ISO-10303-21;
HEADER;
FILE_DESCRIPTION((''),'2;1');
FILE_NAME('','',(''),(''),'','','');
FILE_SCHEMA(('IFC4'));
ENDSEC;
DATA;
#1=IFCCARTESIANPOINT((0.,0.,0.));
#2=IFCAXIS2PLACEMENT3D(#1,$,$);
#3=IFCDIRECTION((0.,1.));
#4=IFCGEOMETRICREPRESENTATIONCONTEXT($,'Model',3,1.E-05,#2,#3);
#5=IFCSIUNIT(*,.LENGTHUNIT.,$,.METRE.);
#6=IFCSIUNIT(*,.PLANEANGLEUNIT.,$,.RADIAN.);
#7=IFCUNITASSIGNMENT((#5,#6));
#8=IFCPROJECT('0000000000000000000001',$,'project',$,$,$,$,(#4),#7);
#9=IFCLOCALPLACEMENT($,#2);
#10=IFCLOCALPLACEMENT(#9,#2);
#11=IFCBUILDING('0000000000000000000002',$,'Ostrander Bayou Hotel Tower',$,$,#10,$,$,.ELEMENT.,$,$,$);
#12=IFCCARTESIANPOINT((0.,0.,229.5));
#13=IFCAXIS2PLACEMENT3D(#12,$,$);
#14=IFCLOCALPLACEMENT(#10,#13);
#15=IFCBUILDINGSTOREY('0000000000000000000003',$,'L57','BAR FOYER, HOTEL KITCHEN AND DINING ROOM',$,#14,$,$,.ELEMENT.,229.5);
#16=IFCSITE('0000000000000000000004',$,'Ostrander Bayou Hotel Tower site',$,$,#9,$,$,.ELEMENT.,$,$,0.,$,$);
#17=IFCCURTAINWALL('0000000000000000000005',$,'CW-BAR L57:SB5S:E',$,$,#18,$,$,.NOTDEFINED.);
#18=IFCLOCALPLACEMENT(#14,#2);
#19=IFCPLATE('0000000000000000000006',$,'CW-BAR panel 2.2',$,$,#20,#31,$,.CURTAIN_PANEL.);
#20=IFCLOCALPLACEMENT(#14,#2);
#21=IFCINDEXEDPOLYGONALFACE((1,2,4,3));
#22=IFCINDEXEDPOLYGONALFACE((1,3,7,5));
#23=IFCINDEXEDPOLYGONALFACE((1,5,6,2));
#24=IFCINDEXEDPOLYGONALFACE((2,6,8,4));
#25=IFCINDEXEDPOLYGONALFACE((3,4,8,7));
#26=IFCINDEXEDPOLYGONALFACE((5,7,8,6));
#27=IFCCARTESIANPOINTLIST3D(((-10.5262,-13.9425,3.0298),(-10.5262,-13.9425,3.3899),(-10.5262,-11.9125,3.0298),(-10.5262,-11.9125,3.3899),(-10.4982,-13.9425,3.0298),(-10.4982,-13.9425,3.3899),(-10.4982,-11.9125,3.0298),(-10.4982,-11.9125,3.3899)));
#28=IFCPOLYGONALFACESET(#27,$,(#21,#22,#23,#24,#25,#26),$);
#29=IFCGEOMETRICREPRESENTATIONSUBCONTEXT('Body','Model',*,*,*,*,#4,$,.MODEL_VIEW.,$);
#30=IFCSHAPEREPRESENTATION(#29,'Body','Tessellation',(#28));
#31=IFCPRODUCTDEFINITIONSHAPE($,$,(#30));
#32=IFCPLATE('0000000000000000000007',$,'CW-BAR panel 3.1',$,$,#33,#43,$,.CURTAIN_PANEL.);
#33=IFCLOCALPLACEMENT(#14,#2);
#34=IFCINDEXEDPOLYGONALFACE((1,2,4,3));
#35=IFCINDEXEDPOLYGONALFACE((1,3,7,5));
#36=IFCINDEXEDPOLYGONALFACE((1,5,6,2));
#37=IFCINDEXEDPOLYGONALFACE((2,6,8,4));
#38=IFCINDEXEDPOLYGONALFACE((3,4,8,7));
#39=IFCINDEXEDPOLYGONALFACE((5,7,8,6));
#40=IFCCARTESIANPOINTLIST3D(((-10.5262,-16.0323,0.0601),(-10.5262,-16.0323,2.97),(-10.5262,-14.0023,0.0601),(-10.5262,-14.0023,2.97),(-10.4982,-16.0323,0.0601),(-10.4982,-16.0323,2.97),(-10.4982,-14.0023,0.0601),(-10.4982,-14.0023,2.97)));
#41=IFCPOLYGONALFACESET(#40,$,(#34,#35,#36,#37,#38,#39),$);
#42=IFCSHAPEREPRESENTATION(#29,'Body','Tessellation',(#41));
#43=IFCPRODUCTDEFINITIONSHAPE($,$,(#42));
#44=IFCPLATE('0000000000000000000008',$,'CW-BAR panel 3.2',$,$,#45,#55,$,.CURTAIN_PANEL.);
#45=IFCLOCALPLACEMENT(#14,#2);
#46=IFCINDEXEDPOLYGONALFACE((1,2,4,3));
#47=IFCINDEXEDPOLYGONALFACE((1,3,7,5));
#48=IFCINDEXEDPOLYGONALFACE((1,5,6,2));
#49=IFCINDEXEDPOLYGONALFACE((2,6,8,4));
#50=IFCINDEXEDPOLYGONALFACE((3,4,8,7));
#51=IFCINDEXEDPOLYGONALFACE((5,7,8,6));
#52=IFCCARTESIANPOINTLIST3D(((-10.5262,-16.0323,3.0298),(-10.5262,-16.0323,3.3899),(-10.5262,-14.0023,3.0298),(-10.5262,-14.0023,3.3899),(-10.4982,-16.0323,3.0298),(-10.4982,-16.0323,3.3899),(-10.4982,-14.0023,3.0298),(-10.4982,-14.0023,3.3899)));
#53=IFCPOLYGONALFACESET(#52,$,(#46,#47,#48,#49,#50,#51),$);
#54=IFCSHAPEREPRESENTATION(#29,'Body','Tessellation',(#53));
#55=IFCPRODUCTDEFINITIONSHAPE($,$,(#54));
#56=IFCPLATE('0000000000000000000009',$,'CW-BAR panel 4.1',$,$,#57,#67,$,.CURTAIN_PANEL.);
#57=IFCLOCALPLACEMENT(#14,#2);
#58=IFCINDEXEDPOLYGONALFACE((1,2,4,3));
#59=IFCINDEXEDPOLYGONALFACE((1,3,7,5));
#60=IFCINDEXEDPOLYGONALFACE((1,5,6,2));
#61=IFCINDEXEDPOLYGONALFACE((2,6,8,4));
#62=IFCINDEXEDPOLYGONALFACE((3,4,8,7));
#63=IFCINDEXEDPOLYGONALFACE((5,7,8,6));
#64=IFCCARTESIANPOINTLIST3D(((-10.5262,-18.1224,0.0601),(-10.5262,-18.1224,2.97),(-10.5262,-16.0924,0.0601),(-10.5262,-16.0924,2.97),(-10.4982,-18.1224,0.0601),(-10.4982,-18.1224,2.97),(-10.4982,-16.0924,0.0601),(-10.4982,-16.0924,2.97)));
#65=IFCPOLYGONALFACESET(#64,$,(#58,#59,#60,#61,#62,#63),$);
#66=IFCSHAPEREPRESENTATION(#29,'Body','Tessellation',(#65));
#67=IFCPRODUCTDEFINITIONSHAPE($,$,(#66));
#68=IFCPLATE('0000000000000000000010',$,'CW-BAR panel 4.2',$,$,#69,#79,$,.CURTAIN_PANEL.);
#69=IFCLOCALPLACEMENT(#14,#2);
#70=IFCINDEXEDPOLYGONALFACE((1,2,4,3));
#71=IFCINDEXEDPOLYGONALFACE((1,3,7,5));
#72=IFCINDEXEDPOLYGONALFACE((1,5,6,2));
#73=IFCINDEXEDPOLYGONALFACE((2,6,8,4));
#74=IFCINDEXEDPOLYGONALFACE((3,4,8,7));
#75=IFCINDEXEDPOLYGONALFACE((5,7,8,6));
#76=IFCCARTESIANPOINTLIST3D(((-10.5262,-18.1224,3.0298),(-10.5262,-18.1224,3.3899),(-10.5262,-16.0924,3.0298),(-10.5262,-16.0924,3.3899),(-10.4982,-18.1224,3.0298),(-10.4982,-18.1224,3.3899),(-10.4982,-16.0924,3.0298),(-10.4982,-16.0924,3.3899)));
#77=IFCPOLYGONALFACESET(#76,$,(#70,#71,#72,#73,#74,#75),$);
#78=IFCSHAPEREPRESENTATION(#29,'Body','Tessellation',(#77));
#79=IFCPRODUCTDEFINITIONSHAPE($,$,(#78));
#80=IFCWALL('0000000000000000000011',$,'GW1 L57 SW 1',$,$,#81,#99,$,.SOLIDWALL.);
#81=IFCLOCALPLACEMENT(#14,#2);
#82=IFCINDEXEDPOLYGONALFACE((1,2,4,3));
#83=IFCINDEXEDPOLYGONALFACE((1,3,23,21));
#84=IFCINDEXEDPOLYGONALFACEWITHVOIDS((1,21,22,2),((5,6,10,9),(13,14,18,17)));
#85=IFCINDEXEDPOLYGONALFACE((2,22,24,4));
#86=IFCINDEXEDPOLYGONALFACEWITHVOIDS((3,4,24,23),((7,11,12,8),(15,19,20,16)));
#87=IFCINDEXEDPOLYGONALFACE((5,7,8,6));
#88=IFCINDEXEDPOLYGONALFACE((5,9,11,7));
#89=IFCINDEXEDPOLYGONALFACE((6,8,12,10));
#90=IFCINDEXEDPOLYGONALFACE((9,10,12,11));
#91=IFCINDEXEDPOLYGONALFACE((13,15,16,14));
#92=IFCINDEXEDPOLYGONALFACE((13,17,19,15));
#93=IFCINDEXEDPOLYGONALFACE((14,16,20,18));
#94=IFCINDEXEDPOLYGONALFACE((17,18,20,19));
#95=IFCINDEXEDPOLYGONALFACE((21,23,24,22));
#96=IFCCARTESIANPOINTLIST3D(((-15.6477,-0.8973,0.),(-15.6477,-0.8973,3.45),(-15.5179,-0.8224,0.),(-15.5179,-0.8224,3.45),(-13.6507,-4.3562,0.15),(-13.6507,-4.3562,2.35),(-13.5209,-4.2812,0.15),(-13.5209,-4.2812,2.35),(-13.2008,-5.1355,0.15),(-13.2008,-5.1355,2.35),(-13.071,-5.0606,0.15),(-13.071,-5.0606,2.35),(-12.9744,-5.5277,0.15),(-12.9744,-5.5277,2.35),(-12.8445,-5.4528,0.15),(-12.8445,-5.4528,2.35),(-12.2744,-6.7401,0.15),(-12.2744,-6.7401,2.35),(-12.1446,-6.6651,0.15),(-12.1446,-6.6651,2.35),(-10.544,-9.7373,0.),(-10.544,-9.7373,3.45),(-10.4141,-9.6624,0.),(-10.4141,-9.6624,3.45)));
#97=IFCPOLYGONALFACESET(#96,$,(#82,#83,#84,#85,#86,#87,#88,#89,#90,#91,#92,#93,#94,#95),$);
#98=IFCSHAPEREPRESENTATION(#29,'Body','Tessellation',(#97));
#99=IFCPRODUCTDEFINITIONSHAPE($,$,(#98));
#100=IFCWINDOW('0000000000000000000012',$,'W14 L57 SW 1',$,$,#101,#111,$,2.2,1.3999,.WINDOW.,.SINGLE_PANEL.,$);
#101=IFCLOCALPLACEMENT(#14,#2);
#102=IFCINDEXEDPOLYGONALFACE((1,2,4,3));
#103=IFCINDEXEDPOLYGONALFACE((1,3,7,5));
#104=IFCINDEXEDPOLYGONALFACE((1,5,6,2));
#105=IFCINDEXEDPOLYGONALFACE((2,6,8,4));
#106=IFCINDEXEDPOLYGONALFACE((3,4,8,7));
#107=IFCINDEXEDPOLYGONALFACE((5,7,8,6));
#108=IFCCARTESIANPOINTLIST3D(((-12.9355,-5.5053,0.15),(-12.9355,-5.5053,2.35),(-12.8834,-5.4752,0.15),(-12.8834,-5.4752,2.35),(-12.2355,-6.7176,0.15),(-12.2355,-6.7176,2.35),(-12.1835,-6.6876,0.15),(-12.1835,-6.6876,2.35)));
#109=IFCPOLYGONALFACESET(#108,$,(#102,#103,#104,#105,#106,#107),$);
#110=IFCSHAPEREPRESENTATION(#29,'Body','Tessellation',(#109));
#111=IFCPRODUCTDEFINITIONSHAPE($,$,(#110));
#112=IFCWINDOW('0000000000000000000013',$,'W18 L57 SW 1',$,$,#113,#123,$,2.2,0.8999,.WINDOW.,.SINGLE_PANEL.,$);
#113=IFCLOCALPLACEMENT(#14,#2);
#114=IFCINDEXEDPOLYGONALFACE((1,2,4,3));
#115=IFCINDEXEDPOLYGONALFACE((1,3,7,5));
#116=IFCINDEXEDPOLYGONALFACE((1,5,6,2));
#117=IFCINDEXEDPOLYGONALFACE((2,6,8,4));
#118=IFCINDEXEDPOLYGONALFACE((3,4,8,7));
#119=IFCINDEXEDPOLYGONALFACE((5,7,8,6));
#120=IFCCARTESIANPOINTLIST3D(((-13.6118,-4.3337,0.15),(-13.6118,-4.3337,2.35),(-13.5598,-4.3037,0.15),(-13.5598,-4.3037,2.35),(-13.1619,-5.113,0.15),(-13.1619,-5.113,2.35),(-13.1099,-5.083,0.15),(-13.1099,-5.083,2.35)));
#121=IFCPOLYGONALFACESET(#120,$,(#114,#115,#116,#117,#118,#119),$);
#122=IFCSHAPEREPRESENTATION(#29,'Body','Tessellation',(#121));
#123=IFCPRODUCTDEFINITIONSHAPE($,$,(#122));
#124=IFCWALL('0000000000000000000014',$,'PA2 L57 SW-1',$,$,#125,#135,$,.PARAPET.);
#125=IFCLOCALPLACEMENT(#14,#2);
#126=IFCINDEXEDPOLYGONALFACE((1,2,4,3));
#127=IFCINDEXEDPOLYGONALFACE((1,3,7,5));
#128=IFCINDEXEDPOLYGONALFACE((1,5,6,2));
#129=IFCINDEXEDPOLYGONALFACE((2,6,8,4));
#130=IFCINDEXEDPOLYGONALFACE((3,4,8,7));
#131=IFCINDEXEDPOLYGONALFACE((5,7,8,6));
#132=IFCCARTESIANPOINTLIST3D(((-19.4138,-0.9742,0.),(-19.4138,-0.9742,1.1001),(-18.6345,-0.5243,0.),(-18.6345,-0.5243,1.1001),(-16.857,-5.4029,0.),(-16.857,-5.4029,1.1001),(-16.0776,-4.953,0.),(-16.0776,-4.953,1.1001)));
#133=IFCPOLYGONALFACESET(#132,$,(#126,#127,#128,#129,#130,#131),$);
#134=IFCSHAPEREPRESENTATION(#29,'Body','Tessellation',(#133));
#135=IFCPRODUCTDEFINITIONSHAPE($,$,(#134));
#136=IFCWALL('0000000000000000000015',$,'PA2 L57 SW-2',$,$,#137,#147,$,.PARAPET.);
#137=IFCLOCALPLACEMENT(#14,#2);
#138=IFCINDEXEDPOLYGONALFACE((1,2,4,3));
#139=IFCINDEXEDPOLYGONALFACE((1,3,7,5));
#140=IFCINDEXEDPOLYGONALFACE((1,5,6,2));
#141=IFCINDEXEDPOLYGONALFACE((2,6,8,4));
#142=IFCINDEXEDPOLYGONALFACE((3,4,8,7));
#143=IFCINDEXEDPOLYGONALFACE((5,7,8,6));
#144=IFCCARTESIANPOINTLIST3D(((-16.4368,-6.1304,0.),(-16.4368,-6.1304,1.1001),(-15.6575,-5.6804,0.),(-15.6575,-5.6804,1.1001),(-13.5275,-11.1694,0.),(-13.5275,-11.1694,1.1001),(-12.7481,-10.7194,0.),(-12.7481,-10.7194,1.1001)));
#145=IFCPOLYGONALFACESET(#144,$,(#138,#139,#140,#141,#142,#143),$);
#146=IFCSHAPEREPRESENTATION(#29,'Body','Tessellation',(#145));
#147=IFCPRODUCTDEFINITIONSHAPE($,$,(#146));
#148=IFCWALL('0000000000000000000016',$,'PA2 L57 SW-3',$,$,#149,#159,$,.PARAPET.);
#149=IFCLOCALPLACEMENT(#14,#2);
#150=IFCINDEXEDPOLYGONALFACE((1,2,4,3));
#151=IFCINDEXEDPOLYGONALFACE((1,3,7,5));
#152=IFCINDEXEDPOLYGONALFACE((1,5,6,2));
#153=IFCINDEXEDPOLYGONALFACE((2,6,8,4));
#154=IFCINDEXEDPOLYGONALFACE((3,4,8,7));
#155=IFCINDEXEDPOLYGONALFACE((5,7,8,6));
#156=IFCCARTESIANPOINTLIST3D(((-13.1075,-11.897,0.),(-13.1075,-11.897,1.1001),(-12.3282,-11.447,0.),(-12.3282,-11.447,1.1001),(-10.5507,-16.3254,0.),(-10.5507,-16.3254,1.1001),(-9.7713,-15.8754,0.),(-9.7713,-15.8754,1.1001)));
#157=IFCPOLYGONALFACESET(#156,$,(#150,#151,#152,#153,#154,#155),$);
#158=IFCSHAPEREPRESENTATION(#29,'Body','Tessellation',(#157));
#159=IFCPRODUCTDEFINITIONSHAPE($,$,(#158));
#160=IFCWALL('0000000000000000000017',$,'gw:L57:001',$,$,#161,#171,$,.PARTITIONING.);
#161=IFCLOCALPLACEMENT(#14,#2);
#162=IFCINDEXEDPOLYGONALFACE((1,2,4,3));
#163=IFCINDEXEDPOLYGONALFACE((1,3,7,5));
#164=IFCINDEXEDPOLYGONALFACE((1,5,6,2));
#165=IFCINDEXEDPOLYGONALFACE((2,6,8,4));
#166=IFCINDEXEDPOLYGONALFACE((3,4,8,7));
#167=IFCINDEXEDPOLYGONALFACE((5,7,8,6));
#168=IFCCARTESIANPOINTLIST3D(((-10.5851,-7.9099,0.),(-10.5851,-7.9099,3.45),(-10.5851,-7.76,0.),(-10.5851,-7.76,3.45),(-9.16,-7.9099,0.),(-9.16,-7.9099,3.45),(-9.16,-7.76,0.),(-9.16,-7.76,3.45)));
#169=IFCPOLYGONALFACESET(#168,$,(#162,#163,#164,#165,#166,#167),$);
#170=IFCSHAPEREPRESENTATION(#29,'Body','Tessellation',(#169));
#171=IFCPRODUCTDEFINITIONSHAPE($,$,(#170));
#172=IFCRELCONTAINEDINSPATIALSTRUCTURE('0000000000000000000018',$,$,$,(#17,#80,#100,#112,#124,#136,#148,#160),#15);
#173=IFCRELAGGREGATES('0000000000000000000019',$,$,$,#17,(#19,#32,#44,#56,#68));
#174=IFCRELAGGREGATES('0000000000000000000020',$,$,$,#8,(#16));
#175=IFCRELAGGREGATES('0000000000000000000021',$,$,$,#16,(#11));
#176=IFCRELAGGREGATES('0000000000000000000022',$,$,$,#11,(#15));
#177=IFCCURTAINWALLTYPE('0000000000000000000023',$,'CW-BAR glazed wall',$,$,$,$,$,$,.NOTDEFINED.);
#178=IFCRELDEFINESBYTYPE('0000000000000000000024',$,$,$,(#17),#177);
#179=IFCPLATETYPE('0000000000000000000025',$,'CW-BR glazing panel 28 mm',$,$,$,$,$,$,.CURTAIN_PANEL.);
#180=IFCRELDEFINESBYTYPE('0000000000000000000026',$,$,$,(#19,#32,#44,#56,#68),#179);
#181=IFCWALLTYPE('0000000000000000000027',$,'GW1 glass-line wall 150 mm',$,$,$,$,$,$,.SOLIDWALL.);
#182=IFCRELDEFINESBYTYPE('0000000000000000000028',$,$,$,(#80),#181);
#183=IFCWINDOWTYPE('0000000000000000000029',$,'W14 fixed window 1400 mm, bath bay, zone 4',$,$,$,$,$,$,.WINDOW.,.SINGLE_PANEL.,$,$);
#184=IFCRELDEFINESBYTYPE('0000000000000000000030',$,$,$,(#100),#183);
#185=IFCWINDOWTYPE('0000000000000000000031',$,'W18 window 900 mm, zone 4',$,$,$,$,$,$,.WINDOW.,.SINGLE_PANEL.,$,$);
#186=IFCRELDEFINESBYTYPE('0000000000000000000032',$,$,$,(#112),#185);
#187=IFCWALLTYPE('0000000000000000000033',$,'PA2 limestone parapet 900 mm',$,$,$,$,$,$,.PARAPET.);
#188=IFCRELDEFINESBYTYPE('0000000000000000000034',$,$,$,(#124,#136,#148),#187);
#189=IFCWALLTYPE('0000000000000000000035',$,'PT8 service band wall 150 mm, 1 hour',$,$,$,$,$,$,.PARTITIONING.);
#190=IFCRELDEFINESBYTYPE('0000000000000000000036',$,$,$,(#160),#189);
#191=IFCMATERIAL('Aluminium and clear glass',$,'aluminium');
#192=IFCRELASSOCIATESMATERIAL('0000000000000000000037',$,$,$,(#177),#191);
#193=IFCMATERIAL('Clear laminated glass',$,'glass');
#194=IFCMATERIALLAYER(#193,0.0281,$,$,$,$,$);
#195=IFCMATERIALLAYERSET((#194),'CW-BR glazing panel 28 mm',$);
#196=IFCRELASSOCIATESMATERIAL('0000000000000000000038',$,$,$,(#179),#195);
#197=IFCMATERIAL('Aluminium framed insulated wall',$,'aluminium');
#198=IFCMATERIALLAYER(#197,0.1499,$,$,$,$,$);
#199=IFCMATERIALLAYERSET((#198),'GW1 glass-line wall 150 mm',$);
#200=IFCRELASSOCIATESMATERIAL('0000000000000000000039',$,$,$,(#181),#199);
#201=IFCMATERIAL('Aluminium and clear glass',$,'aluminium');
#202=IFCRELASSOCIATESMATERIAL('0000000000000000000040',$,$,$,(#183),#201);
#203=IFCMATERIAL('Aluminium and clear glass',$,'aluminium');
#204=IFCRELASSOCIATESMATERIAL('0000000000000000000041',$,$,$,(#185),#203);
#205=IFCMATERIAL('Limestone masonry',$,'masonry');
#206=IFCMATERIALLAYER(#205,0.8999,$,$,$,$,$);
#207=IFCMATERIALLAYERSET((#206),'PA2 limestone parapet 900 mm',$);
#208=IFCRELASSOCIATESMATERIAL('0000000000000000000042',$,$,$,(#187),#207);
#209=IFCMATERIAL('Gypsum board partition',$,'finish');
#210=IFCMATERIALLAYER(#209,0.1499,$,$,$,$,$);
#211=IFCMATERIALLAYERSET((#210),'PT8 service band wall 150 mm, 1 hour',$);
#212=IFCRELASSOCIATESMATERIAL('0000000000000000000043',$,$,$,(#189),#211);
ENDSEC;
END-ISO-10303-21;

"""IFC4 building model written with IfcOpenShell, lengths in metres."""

from ifc_helpers import new_model, si_unit, direction, frame, frame_2d, origin, origin_2d, place, context, subcontext, project, spatial, rectangle, extrude, material, layer, layer_set, type_object, element, fill, aggregate, save


model = new_model("IFC4")

# Units and contexts
model_context = context("Model", 3, precision=1e-05, world=origin(), true_north=direction((0.0, 1.0)))
body_context = subcontext(model_context, "Body", "Model", "MODEL_VIEW")
ifc_project = project(units=[si_unit("LENGTHUNIT", "METRE"), si_unit("PLANEANGLEUNIT", "RADIAN")], contexts=[model_context])

# Site, building, storey
site_placement = place(None, origin())
site = spatial("IfcSite", under=ifc_project, at=site_placement, Name="Ostrander Bayou Hotel Tower site", CompositionType="ELEMENT", RefElevation=0.0)
building_placement = place(site_placement, origin())
building = spatial("IfcBuilding", under=site, at=building_placement, Name="Ostrander Bayou Hotel Tower", CompositionType="ELEMENT")
storey_placement = place(building_placement, frame((0.0, 0.0, 229.5)))
storey = spatial("IfcBuildingStorey", under=building, at=storey_placement, Name="L57", Description="BAR FOYER, HOTEL KITCHEN AND DINING ROOM", CompositionType="ELEMENT", Elevation=229.5)

# Curtain wall
ifc_material_1 = material(Name="Aluminium and clear glass", Category="aluminium")
curtain_wall_type = type_object("IfcCurtainWallType", Name="CW-BAR glazed wall", PredefinedType="NOTDEFINED", material=ifc_material_1)
curtain_wall_placement = place(storey_placement, origin())
curtain_wall = element("IfcCurtainWall", 1, at=curtain_wall_placement, inside=storey, type_object=curtain_wall_type, Name="CW-BAR L57:SB5S:E", PredefinedType="NOTDEFINED")

# Plates
ifc_material_2 = material(Name="Clear laminated glass", Category="glass")
ifc_layer_1 = layer(ifc_material_2, 0.0281)
ifc_layer_set_1 = layer_set([ifc_layer_1], Name="CW-BR glazing panel 28 mm")
plate_type = type_object("IfcPlateType", Name="CW-BR glazing panel 28 mm", PredefinedType="CURTAIN_PANEL", material=ifc_layer_set_1)
plate_1_placement = place(storey_placement, frame((-10.5122, -12.9275, 3.0298), z_axis=(0.0, 0.0, 1.0), x_axis=(0.0, -1.0, 0.0)))
plate_1 = element("IfcPlate", 2, at=plate_1_placement, type_object=plate_type, Name="CW-BAR panel 2.2", PredefinedType="CURTAIN_PANEL", context=body_context, shape_type="SweptSolid", body=[
    extrude(rectangle(XDim=2.03, YDim=0.0281, at=origin_2d()), origin(), (0.0, 0.0, 1.0), 0.3601),
])
plate_2_placement = place(storey_placement, frame((-10.5122, -15.0173, 0.0601), z_axis=(0.0, 0.0, 1.0), x_axis=(0.0, -1.0, 0.0)))
plate_2 = element("IfcPlate", 3, at=plate_2_placement, type_object=plate_type, Name="CW-BAR panel 3.1", PredefinedType="CURTAIN_PANEL", context=body_context, shape_type="SweptSolid", body=[
    extrude(rectangle(XDim=2.03, YDim=0.0281, at=origin_2d()), origin(), (0.0, 0.0, 1.0), 2.9099),
])
plate_3_placement = place(storey_placement, frame((-10.5122, -15.0173, 3.0298), z_axis=(0.0, 0.0, 1.0), x_axis=(0.0, -1.0, 0.0)))
plate_3 = element("IfcPlate", 4, at=plate_3_placement, type_object=plate_type, Name="CW-BAR panel 3.2", PredefinedType="CURTAIN_PANEL", context=body_context, shape_type="SweptSolid", body=[
    extrude(rectangle(XDim=2.03, YDim=0.0281, at=origin_2d()), origin(), (0.0, 0.0, 1.0), 0.3601),
])
plate_4_placement = place(storey_placement, frame((-10.5122, -17.1074, 0.0601), z_axis=(0.0, 0.0, 1.0), x_axis=(0.0, -1.0, 0.0)))
plate_4 = element("IfcPlate", 5, at=plate_4_placement, type_object=plate_type, Name="CW-BAR panel 4.1", PredefinedType="CURTAIN_PANEL", context=body_context, shape_type="SweptSolid", body=[
    extrude(rectangle(XDim=2.03, YDim=0.0281, at=origin_2d()), origin(), (0.0, 0.0, 1.0), 2.9099),
])
plate_5_placement = place(storey_placement, frame((-10.5122, -17.1074, 3.0298), z_axis=(0.0, 0.0, 1.0), x_axis=(0.0, -1.0, 0.0)))
plate_5 = element("IfcPlate", 6, at=plate_5_placement, type_object=plate_type, Name="CW-BAR panel 4.2", PredefinedType="CURTAIN_PANEL", context=body_context, shape_type="SweptSolid", body=[
    extrude(rectangle(XDim=2.03, YDim=0.0281, at=origin_2d()), origin(), (0.0, 0.0, 1.0), 0.3601),
])
aggregate(curtain_wall, [plate_1, plate_2, plate_3, plate_4, plate_5])

# Wall, openings, windows
ifc_material_3 = material(Name="Aluminium framed insulated wall", Category="aluminium")
ifc_layer_2 = layer(ifc_material_3, 0.1499)
ifc_layer_set_2 = layer_set([ifc_layer_2], Name="GW1 glass-line wall 150 mm")
wall_type_1 = type_object("IfcWallType", Name="GW1 glass-line wall 150 mm", PredefinedType="SOLIDWALL", material=ifc_layer_set_2)
wall_1_placement = place(storey_placement, frame((-15.5828, -0.8599, 0.0), z_axis=(0.0, 0.0, 1.0), x_axis=(0.499995, -0.866028, 0.0)))
wall_1 = element("IfcWall", 7, at=wall_1_placement, inside=storey, type_object=wall_type_1, Name="GW1 L57 SW 1", PredefinedType="SOLIDWALL", context=body_context, shape_type="SweptSolid", body=[
    extrude(rectangle(XDim=10.2075, YDim=0.1499, at=frame_2d((5.1038, 0.0))), origin(), (0.0, 0.0, 1.0), 3.45),
])
opening_1_placement = place(wall_1_placement, frame((3.9939, 0.0, 0.1499)))
opening_1 = element("IfcOpeningElement", 8, at=opening_1_placement, cuts=wall_1, PredefinedType="OPENING", context=body_context, shape_type="SweptSolid", body=[
    extrude(rectangle(XDim=0.8999, YDim=2.2, at=frame_2d((0.45, 1.1001))), frame((0.0, 0.075, 0.0), z_axis=(0.0, -1.0, 0.0), x_axis=(1.0, 0.0, 0.0)), (0.0, 0.0, 1.0), 0.1499),
])
opening_2_placement = place(wall_1_placement, frame((5.3467, 0.0, 0.1499)))
opening_2 = element("IfcOpeningElement", 9, at=opening_2_placement, cuts=wall_1, PredefinedType="OPENING", context=body_context, shape_type="SweptSolid", body=[
    extrude(rectangle(XDim=1.3999, YDim=2.2, at=frame_2d((0.7, 1.1001))), frame((0.0, 0.075, 0.0), z_axis=(0.0, -1.0, 0.0), x_axis=(1.0, 0.0, 0.0)), (0.0, 0.0, 1.0), 0.1499),
])
ifc_material_4 = material(Name="Aluminium and clear glass", Category="aluminium")
window_type_1 = type_object("IfcWindowType", Name="W14 fixed window 1400 mm, bath bay, zone 4", PartitioningType="SINGLE_PANEL", PredefinedType="WINDOW", material=ifc_material_4)
window_1_placement = place(opening_2_placement, origin())
window_1 = element("IfcWindow", 10, at=window_1_placement, inside=storey, type_object=window_type_1, Name="W14 L57 SW 1", OverallHeight=2.2, OverallWidth=1.3999, PartitioningType="SINGLE_PANEL", PredefinedType="WINDOW", context=body_context, shape_type="SweptSolid", body=[
    extrude(rectangle(XDim=1.3999, YDim=2.2, at=frame_2d((0.7, 1.1001))), frame((0.0, 0.03, 0.0), z_axis=(0.0, -1.0, 0.0), x_axis=(1.0, 0.0, 0.0)), (0.0, 0.0, 1.0), 0.0601),
])
fill(opening_2, window_1)
ifc_material_5 = material(Name="Aluminium and clear glass", Category="aluminium")
window_type_2 = type_object("IfcWindowType", Name="W18 window 900 mm, zone 4", PartitioningType="SINGLE_PANEL", PredefinedType="WINDOW", material=ifc_material_5)
window_2_placement = place(opening_1_placement, origin())
window_2 = element("IfcWindow", 11, at=window_2_placement, inside=storey, type_object=window_type_2, Name="W18 L57 SW 1", OverallHeight=2.2, OverallWidth=0.8999, PartitioningType="SINGLE_PANEL", PredefinedType="WINDOW", context=body_context, shape_type="SweptSolid", body=[
    extrude(rectangle(XDim=0.8999, YDim=2.2, at=frame_2d((0.45, 1.1001))), frame((0.0, 0.03, 0.0), z_axis=(0.0, -1.0, 0.0), x_axis=(1.0, 0.0, 0.0)), (0.0, 0.0, 1.0), 0.0601),
])
fill(opening_1, window_2)

# Walls
ifc_material_6 = material(Name="Limestone masonry", Category="masonry")
ifc_layer_3 = layer(ifc_material_6, 0.8999)
ifc_layer_set_3 = layer_set([ifc_layer_3], Name="PA2 limestone parapet 900 mm")
wall_type_2 = type_object("IfcWallType", Name="PA2 limestone parapet 900 mm", PredefinedType="PARAPET", material=ifc_layer_set_3)
wall_2_placement = place(storey_placement, frame((-19.0242, -0.7493, 0.0), z_axis=(0.0, 0.0, 1.0), x_axis=(0.499995, -0.866028, 0.0)))
element("IfcWall", 12, at=wall_2_placement, inside=storey, type_object=wall_type_2, Name="PA2 L57 SW-1", PredefinedType="PARAPET", context=body_context, shape_type="SweptSolid", body=[
    extrude(rectangle(XDim=5.1138, YDim=0.8999, at=frame_2d((2.5569, 0.0))), origin(), (0.0, 0.0, 1.0), 1.1001),
])
wall_3_placement = place(storey_placement, frame((-16.0471, -5.9055, 0.0), z_axis=(0.0, 0.0, 1.0), x_axis=(0.500015, -0.866016, 0.0)))
element("IfcWall", 13, at=wall_3_placement, inside=storey, type_object=wall_type_2, Name="PA2 L57 SW-2", PredefinedType="PARAPET", context=body_context, shape_type="SweptSolid", body=[
    extrude(rectangle(XDim=5.8186, YDim=0.8999, at=frame_2d((2.9092, 0.0))), origin(), (0.0, 0.0, 1.0), 1.1001),
])
wall_4_placement = place(storey_placement, frame((-12.7178, -11.6721, 0.0), z_axis=(0.0, 0.0, 1.0), x_axis=(0.500016, -0.866016, 0.0)))
element("IfcWall", 14, at=wall_4_placement, inside=storey, type_object=wall_type_2, Name="PA2 L57 SW-3", PredefinedType="PARAPET", context=body_context, shape_type="SweptSolid", body=[
    extrude(rectangle(XDim=5.1135, YDim=0.8999, at=frame_2d((2.5566, 0.0))), origin(), (0.0, 0.0, 1.0), 1.1001),
])
ifc_material_7 = material(Name="Gypsum board partition", Category="finish")
ifc_layer_4 = layer(ifc_material_7, 0.1499)
ifc_layer_set_4 = layer_set([ifc_layer_4], Name="PT8 service band wall 150 mm, 1 hour")
wall_type_3 = type_object("IfcWallType", Name="PT8 service band wall 150 mm, 1 hour", PredefinedType="PARTITIONING", material=ifc_layer_set_4)
wall_5_placement = place(storey_placement, frame((-10.585, -7.835, 0.0), z_axis=(0.0, 0.0, 1.0), x_axis=(1.0, 0.0, 0.0)))
element("IfcWall", 15, at=wall_5_placement, inside=storey, type_object=wall_type_3, Name="gw:L57:001", PredefinedType="PARTITIONING", context=body_context, shape_type="SweptSolid", body=[
    extrude(rectangle(XDim=1.425, YDim=0.1499, at=frame_2d((0.7124, 0.0))), origin(), (0.0, 0.0, 1.0), 3.45),
])

save(model, "model.ifc")
